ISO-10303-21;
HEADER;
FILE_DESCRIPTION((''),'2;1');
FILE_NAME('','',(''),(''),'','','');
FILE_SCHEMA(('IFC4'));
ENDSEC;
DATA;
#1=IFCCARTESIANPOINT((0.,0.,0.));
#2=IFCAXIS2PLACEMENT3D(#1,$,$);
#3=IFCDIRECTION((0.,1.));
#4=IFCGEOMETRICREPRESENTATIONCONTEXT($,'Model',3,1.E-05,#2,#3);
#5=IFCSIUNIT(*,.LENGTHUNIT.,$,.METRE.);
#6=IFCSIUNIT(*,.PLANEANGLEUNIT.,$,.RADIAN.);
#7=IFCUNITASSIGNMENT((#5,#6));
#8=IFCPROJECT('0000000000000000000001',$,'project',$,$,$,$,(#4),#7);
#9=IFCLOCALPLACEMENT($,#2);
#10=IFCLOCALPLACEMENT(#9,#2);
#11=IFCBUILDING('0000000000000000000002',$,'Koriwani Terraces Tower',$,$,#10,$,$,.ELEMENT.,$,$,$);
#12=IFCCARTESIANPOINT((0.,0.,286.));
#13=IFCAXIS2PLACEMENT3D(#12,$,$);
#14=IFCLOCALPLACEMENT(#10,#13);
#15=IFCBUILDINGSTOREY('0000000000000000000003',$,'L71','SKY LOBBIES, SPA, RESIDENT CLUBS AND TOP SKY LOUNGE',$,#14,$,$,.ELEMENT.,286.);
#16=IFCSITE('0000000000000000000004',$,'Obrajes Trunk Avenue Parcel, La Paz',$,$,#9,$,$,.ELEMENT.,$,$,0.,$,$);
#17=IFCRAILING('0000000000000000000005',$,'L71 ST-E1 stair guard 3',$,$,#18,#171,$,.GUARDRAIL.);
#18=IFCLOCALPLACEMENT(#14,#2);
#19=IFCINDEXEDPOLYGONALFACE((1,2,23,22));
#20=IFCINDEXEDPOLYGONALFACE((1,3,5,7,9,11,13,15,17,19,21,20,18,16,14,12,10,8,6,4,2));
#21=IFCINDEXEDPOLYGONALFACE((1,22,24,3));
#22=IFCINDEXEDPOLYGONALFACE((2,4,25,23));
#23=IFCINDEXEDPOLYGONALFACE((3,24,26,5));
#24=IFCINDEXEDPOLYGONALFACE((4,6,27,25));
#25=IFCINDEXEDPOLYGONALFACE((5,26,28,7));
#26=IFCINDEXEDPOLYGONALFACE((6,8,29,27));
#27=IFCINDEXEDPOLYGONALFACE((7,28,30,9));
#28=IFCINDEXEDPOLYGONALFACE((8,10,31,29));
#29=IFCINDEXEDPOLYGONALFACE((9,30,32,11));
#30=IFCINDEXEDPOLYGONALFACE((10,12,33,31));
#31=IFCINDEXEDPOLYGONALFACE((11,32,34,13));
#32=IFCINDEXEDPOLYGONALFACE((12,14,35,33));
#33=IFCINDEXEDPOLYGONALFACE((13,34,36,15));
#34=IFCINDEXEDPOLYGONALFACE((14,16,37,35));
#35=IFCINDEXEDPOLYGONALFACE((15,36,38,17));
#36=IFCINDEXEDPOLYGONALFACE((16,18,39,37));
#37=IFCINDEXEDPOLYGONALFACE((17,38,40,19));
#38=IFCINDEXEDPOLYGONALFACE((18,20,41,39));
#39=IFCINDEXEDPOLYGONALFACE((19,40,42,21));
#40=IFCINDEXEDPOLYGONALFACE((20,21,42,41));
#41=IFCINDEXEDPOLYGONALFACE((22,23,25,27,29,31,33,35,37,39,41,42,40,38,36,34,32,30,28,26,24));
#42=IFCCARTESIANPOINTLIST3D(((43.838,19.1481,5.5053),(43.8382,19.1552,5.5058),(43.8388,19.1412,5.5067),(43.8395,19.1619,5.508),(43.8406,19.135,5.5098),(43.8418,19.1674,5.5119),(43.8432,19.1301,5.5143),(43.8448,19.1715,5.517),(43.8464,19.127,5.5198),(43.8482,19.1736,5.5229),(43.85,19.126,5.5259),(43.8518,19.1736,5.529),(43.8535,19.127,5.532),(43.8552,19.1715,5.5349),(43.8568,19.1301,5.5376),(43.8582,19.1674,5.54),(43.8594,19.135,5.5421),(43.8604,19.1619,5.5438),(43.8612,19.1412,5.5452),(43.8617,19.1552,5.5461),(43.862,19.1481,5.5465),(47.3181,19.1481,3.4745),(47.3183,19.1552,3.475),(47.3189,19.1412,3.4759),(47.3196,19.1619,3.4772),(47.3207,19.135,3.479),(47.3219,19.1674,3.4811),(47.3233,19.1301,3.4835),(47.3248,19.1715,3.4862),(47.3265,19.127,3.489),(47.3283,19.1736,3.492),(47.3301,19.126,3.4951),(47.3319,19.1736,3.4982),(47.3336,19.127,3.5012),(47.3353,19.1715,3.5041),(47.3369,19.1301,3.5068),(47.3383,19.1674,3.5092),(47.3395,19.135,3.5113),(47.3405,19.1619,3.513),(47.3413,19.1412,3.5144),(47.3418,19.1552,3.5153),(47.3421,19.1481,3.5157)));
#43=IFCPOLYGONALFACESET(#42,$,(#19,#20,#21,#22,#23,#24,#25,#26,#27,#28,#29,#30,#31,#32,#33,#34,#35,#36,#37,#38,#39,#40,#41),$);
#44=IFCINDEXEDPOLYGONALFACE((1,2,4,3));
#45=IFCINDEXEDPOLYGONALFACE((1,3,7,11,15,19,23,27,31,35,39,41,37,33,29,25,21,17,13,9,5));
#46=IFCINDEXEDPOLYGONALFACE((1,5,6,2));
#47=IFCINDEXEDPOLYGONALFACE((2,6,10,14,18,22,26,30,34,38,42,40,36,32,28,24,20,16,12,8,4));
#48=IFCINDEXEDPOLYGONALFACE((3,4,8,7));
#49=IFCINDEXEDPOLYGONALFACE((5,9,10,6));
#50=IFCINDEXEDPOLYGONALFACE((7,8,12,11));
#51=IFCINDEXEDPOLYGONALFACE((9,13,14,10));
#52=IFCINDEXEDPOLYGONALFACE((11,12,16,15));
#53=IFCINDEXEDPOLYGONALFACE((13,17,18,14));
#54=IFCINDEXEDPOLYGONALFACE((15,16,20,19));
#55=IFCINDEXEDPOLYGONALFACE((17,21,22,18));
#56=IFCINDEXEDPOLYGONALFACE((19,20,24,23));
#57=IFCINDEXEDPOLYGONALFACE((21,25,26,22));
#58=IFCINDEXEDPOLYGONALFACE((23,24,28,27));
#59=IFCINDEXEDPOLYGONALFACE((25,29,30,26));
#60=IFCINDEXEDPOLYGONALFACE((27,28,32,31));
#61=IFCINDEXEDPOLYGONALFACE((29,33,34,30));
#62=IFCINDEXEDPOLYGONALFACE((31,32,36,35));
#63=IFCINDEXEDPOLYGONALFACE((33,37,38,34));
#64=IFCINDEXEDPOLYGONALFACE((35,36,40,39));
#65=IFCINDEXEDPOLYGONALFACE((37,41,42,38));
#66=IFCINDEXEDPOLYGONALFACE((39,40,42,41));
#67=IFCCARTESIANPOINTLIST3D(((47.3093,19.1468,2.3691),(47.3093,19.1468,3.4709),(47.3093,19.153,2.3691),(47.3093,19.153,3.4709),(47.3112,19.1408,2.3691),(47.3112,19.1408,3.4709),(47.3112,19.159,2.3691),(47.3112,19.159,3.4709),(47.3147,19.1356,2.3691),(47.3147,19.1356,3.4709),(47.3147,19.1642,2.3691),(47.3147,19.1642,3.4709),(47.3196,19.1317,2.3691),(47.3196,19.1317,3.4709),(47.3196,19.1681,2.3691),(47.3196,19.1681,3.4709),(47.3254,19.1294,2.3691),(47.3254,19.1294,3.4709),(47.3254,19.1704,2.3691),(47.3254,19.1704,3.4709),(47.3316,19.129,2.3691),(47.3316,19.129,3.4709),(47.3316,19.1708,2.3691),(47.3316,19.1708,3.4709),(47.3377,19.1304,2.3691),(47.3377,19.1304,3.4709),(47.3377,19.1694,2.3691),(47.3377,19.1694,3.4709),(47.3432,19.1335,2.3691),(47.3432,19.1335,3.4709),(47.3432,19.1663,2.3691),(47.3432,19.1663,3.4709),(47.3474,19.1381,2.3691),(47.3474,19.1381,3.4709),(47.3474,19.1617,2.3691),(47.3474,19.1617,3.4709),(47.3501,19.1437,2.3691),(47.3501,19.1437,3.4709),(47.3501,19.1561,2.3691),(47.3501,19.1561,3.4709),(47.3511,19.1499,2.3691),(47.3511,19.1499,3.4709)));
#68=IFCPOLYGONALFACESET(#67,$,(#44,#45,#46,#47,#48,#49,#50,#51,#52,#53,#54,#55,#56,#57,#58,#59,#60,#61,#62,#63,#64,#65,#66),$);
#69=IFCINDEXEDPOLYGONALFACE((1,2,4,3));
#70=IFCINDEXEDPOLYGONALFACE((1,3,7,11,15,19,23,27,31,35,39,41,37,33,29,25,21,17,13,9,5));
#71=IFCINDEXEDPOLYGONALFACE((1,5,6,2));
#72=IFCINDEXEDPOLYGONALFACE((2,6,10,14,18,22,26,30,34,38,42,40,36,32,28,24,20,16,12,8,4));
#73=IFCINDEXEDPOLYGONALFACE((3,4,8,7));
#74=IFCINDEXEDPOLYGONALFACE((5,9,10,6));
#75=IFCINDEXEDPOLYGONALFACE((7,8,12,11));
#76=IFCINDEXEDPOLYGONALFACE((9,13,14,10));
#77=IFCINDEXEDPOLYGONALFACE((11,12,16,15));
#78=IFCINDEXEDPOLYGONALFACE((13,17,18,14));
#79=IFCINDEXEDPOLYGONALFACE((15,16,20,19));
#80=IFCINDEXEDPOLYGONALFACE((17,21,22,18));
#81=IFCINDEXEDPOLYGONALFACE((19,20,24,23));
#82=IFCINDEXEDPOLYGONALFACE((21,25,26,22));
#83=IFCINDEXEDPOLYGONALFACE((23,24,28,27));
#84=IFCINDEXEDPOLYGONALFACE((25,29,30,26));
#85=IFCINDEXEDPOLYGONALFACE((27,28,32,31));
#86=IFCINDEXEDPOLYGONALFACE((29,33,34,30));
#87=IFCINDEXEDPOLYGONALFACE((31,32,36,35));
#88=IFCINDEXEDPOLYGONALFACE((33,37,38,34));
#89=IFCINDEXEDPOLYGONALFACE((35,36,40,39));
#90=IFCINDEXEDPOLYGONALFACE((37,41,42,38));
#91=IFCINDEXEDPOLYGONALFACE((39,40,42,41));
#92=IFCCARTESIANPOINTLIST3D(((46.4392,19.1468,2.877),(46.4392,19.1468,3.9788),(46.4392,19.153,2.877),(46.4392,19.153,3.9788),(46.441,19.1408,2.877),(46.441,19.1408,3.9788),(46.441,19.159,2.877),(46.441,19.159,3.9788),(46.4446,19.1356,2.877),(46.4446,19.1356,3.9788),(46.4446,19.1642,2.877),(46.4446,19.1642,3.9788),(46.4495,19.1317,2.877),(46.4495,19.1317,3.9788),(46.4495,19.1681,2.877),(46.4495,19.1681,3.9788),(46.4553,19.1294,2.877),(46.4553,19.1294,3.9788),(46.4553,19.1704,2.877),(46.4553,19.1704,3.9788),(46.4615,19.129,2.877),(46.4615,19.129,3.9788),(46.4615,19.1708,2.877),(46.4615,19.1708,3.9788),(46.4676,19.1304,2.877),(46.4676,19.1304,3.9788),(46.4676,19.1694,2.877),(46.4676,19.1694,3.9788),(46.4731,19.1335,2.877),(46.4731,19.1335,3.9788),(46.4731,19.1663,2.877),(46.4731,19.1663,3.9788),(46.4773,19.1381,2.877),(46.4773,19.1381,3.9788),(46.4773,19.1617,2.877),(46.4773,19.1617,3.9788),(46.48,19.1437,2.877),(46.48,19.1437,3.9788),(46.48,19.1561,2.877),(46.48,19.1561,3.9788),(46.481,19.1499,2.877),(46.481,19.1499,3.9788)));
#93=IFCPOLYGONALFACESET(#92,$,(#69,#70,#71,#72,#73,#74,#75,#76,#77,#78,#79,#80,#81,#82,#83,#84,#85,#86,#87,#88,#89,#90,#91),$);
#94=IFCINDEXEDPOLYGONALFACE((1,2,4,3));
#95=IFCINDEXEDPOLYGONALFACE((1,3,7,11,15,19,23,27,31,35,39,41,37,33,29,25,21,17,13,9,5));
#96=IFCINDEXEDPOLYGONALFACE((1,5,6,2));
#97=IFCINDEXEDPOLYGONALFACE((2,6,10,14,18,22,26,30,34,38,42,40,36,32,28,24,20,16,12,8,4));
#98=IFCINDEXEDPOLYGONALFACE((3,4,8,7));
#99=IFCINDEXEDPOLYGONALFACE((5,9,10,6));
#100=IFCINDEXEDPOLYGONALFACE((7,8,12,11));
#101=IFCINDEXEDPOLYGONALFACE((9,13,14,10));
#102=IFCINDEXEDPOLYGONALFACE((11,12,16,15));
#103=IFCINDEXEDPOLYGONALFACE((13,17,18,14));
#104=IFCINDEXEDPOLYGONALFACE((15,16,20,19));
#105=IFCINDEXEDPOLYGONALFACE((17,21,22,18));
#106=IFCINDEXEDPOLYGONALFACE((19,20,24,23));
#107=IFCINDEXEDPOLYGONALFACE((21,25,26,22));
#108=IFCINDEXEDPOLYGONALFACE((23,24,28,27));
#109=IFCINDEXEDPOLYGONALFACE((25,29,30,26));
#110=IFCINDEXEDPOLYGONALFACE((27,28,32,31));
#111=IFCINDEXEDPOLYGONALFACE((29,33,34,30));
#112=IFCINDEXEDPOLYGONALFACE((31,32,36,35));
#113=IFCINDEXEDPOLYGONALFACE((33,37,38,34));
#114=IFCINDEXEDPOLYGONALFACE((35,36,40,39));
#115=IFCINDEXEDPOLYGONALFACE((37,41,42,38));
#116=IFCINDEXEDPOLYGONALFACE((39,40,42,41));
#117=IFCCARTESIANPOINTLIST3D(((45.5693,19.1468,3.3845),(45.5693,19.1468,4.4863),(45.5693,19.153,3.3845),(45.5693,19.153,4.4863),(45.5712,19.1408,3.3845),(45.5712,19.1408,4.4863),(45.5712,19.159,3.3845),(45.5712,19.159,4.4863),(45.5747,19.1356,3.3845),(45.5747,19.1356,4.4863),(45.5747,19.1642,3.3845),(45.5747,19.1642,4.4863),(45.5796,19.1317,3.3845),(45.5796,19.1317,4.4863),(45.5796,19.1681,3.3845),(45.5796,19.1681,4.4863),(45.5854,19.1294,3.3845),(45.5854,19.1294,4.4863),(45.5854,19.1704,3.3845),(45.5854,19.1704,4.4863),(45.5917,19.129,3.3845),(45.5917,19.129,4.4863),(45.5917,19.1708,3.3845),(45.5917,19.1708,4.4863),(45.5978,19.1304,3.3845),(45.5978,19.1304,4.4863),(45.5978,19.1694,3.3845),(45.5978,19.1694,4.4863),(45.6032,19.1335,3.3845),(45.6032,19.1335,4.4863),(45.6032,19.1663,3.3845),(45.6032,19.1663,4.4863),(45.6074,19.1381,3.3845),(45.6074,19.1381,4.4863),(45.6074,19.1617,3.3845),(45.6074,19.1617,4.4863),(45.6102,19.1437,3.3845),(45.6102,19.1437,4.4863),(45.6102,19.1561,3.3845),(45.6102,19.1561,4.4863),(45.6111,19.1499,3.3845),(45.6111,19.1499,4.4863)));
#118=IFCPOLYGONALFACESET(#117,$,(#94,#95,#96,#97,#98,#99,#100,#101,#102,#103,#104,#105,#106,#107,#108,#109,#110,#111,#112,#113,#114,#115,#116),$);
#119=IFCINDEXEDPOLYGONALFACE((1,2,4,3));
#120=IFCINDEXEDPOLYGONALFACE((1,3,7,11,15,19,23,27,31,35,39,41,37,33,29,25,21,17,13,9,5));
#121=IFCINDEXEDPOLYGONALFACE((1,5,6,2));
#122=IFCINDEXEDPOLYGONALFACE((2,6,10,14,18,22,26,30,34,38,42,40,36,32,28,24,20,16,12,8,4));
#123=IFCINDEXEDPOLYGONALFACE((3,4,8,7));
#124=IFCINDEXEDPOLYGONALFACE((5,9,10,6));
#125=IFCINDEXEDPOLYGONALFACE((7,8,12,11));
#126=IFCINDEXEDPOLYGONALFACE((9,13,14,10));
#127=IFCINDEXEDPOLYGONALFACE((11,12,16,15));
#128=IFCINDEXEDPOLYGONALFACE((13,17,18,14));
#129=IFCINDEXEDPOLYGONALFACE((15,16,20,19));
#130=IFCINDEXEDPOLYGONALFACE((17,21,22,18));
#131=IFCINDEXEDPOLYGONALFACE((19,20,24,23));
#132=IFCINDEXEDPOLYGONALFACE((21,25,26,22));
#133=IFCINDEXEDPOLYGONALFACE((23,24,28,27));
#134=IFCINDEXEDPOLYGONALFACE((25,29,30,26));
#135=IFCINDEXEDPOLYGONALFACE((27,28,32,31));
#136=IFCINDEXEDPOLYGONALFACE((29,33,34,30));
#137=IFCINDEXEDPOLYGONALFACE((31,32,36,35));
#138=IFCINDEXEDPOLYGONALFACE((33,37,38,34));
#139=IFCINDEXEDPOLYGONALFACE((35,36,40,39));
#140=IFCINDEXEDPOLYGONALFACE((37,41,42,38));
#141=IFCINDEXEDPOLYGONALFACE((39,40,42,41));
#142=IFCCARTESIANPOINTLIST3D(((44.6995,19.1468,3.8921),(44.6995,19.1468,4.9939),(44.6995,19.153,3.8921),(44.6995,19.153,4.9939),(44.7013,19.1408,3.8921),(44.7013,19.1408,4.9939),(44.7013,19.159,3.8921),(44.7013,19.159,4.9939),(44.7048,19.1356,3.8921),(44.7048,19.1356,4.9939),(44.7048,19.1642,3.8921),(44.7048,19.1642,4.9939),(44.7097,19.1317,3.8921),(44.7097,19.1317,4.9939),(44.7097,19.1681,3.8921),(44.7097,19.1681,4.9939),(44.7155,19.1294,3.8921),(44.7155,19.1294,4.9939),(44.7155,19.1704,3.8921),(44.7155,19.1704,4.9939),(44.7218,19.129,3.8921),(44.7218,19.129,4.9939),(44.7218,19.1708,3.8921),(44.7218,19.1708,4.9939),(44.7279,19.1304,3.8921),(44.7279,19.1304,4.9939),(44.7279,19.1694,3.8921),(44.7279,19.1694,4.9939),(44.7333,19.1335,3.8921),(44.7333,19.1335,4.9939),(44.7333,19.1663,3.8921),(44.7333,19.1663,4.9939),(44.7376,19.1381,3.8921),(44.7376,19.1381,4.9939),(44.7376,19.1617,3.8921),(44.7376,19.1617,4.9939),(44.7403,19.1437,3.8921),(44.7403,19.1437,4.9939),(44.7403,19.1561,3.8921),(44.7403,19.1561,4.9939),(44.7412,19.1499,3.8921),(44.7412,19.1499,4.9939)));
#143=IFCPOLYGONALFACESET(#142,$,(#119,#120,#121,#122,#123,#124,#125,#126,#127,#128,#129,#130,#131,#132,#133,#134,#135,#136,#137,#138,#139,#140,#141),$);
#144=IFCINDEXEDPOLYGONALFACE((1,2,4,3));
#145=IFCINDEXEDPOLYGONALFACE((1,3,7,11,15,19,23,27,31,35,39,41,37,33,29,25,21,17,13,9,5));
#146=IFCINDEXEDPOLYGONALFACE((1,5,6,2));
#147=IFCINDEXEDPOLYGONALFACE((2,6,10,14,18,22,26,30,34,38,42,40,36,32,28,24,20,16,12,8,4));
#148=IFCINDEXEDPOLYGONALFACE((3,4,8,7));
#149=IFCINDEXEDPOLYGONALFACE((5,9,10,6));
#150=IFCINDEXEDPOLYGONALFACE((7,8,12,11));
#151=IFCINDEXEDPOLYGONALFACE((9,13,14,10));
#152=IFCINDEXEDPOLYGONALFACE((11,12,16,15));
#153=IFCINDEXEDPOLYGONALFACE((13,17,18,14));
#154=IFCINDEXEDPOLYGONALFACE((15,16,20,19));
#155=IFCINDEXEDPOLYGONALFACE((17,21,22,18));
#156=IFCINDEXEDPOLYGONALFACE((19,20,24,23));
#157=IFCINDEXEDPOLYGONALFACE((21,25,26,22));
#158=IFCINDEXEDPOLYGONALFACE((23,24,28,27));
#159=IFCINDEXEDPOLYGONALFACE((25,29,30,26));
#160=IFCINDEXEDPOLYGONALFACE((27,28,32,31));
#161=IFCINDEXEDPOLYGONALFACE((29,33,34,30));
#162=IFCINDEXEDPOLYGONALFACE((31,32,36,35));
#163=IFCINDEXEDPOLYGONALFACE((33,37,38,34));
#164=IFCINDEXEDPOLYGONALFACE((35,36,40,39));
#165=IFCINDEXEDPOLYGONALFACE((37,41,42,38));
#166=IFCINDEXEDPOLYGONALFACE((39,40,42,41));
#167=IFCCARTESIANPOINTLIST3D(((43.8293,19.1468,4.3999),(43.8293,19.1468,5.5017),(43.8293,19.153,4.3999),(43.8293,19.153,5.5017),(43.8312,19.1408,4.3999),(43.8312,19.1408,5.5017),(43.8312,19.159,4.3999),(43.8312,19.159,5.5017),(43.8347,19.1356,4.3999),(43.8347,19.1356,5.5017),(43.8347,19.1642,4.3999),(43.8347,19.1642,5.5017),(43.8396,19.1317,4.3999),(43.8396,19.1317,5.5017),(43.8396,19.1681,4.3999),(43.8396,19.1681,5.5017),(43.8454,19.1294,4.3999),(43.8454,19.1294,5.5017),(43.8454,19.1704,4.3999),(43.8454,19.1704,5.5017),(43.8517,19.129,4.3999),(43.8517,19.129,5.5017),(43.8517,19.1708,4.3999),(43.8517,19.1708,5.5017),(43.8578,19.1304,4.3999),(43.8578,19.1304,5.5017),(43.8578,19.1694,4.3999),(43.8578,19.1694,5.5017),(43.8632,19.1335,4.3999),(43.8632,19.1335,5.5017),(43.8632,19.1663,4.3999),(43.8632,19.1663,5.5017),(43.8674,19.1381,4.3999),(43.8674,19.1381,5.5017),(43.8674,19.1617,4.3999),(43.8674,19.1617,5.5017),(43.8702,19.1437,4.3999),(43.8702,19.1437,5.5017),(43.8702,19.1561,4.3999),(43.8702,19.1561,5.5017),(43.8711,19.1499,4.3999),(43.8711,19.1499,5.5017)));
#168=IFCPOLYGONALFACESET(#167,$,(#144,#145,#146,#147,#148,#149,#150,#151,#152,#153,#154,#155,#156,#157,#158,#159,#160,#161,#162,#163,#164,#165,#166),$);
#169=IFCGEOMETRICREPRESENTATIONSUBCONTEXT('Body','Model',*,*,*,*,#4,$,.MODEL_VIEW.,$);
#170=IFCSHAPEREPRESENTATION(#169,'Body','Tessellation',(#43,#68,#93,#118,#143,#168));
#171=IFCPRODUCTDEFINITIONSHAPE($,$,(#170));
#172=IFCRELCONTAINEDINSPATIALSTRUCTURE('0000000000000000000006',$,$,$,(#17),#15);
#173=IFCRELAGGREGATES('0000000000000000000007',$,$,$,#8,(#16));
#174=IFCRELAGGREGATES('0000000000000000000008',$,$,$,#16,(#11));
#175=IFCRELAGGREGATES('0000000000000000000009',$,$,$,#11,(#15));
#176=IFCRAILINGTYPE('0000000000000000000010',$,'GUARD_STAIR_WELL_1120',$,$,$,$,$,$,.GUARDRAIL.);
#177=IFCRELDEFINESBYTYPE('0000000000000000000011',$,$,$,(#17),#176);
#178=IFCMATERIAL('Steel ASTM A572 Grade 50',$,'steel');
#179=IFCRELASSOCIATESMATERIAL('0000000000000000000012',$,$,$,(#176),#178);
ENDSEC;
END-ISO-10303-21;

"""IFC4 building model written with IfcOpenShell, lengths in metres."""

from ifc_helpers import new_model, si_unit, direction, frame, origin, origin_2d, place, context, subcontext, project, spatial, circle, extrude, material, type_object, element, save


model = new_model("IFC4")

# Units and contexts
model_context = context("Model", 3, precision=1e-05, world=origin(), true_north=direction((0.0, 1.0)))
body_context = subcontext(model_context, "Body", "Model", "MODEL_VIEW")
ifc_project = project(units=[si_unit("LENGTHUNIT", "METRE"), si_unit("PLANEANGLEUNIT", "RADIAN")], contexts=[model_context])

# Site, building, storey
site_placement = place(None, origin())
site = spatial("IfcSite", under=ifc_project, at=site_placement, Name="Obrajes Trunk Avenue Parcel, La Paz", CompositionType="ELEMENT", RefElevation=0.0)
building_placement = place(site_placement, origin())
building = spatial("IfcBuilding", under=site, at=building_placement, Name="Koriwani Terraces Tower", CompositionType="ELEMENT")
storey_placement = place(building_placement, frame((0.0, 0.0, 286.0)))
storey = spatial("IfcBuildingStorey", under=building, at=storey_placement, Name="L71", Description="SKY LOBBIES, SPA, RESIDENT CLUBS AND TOP SKY LOUNGE", CompositionType="ELEMENT", Elevation=286.0)

# Railing
ifc_material_1 = material(Name="Steel ASTM A572 Grade 50", Category="steel")
railing_type_1 = type_object("IfcRailingType", Name="GUARD_STAIR_WELL_1120", PredefinedType="GUARDRAIL", material=ifc_material_1)
railing_1_placement = place(storey_placement, frame((47.3301, 19.1499, 2.3691)))
element("IfcRailing", 1, at=railing_1_placement, inside=storey, type_object=railing_type_1, Name="L71 ST-E1 stair guard 3", PredefinedType="GUARDRAIL", context=body_context, shape_type="SweptSolid", body=[
    extrude(circle(Radius=0.0239, at=origin_2d()), frame((0.0, 0.0, 1.126), z_axis=(-0.863695, 0.0, 0.504014), x_axis=(0.0, -1.0, 0.0)), (0.0, 0.0, 1.0), 4.0293),
    extrude(circle(Radius=0.021, at=origin_2d()), origin(), (0.0, 0.0, 1.0), 1.1018),
    extrude(circle(Radius=0.021, at=origin_2d()), frame((-0.8701, 0.0, 0.5078)), (0.0, 0.0, 1.0), 1.1018),
    extrude(circle(Radius=0.021, at=origin_2d()), frame((-1.74, 0.0, 1.0154)), (0.0, 0.0, 1.0), 1.1018),
    extrude(circle(Radius=0.021, at=origin_2d()), frame((-2.6099, 0.0, 1.5229)), (0.0, 0.0, 1.0), 1.1018),
    extrude(circle(Radius=0.021, at=origin_2d()), frame((-3.48, 0.0, 2.0308)), (0.0, 0.0, 1.0), 1.1018),
])

save(model, "model.ifc")
